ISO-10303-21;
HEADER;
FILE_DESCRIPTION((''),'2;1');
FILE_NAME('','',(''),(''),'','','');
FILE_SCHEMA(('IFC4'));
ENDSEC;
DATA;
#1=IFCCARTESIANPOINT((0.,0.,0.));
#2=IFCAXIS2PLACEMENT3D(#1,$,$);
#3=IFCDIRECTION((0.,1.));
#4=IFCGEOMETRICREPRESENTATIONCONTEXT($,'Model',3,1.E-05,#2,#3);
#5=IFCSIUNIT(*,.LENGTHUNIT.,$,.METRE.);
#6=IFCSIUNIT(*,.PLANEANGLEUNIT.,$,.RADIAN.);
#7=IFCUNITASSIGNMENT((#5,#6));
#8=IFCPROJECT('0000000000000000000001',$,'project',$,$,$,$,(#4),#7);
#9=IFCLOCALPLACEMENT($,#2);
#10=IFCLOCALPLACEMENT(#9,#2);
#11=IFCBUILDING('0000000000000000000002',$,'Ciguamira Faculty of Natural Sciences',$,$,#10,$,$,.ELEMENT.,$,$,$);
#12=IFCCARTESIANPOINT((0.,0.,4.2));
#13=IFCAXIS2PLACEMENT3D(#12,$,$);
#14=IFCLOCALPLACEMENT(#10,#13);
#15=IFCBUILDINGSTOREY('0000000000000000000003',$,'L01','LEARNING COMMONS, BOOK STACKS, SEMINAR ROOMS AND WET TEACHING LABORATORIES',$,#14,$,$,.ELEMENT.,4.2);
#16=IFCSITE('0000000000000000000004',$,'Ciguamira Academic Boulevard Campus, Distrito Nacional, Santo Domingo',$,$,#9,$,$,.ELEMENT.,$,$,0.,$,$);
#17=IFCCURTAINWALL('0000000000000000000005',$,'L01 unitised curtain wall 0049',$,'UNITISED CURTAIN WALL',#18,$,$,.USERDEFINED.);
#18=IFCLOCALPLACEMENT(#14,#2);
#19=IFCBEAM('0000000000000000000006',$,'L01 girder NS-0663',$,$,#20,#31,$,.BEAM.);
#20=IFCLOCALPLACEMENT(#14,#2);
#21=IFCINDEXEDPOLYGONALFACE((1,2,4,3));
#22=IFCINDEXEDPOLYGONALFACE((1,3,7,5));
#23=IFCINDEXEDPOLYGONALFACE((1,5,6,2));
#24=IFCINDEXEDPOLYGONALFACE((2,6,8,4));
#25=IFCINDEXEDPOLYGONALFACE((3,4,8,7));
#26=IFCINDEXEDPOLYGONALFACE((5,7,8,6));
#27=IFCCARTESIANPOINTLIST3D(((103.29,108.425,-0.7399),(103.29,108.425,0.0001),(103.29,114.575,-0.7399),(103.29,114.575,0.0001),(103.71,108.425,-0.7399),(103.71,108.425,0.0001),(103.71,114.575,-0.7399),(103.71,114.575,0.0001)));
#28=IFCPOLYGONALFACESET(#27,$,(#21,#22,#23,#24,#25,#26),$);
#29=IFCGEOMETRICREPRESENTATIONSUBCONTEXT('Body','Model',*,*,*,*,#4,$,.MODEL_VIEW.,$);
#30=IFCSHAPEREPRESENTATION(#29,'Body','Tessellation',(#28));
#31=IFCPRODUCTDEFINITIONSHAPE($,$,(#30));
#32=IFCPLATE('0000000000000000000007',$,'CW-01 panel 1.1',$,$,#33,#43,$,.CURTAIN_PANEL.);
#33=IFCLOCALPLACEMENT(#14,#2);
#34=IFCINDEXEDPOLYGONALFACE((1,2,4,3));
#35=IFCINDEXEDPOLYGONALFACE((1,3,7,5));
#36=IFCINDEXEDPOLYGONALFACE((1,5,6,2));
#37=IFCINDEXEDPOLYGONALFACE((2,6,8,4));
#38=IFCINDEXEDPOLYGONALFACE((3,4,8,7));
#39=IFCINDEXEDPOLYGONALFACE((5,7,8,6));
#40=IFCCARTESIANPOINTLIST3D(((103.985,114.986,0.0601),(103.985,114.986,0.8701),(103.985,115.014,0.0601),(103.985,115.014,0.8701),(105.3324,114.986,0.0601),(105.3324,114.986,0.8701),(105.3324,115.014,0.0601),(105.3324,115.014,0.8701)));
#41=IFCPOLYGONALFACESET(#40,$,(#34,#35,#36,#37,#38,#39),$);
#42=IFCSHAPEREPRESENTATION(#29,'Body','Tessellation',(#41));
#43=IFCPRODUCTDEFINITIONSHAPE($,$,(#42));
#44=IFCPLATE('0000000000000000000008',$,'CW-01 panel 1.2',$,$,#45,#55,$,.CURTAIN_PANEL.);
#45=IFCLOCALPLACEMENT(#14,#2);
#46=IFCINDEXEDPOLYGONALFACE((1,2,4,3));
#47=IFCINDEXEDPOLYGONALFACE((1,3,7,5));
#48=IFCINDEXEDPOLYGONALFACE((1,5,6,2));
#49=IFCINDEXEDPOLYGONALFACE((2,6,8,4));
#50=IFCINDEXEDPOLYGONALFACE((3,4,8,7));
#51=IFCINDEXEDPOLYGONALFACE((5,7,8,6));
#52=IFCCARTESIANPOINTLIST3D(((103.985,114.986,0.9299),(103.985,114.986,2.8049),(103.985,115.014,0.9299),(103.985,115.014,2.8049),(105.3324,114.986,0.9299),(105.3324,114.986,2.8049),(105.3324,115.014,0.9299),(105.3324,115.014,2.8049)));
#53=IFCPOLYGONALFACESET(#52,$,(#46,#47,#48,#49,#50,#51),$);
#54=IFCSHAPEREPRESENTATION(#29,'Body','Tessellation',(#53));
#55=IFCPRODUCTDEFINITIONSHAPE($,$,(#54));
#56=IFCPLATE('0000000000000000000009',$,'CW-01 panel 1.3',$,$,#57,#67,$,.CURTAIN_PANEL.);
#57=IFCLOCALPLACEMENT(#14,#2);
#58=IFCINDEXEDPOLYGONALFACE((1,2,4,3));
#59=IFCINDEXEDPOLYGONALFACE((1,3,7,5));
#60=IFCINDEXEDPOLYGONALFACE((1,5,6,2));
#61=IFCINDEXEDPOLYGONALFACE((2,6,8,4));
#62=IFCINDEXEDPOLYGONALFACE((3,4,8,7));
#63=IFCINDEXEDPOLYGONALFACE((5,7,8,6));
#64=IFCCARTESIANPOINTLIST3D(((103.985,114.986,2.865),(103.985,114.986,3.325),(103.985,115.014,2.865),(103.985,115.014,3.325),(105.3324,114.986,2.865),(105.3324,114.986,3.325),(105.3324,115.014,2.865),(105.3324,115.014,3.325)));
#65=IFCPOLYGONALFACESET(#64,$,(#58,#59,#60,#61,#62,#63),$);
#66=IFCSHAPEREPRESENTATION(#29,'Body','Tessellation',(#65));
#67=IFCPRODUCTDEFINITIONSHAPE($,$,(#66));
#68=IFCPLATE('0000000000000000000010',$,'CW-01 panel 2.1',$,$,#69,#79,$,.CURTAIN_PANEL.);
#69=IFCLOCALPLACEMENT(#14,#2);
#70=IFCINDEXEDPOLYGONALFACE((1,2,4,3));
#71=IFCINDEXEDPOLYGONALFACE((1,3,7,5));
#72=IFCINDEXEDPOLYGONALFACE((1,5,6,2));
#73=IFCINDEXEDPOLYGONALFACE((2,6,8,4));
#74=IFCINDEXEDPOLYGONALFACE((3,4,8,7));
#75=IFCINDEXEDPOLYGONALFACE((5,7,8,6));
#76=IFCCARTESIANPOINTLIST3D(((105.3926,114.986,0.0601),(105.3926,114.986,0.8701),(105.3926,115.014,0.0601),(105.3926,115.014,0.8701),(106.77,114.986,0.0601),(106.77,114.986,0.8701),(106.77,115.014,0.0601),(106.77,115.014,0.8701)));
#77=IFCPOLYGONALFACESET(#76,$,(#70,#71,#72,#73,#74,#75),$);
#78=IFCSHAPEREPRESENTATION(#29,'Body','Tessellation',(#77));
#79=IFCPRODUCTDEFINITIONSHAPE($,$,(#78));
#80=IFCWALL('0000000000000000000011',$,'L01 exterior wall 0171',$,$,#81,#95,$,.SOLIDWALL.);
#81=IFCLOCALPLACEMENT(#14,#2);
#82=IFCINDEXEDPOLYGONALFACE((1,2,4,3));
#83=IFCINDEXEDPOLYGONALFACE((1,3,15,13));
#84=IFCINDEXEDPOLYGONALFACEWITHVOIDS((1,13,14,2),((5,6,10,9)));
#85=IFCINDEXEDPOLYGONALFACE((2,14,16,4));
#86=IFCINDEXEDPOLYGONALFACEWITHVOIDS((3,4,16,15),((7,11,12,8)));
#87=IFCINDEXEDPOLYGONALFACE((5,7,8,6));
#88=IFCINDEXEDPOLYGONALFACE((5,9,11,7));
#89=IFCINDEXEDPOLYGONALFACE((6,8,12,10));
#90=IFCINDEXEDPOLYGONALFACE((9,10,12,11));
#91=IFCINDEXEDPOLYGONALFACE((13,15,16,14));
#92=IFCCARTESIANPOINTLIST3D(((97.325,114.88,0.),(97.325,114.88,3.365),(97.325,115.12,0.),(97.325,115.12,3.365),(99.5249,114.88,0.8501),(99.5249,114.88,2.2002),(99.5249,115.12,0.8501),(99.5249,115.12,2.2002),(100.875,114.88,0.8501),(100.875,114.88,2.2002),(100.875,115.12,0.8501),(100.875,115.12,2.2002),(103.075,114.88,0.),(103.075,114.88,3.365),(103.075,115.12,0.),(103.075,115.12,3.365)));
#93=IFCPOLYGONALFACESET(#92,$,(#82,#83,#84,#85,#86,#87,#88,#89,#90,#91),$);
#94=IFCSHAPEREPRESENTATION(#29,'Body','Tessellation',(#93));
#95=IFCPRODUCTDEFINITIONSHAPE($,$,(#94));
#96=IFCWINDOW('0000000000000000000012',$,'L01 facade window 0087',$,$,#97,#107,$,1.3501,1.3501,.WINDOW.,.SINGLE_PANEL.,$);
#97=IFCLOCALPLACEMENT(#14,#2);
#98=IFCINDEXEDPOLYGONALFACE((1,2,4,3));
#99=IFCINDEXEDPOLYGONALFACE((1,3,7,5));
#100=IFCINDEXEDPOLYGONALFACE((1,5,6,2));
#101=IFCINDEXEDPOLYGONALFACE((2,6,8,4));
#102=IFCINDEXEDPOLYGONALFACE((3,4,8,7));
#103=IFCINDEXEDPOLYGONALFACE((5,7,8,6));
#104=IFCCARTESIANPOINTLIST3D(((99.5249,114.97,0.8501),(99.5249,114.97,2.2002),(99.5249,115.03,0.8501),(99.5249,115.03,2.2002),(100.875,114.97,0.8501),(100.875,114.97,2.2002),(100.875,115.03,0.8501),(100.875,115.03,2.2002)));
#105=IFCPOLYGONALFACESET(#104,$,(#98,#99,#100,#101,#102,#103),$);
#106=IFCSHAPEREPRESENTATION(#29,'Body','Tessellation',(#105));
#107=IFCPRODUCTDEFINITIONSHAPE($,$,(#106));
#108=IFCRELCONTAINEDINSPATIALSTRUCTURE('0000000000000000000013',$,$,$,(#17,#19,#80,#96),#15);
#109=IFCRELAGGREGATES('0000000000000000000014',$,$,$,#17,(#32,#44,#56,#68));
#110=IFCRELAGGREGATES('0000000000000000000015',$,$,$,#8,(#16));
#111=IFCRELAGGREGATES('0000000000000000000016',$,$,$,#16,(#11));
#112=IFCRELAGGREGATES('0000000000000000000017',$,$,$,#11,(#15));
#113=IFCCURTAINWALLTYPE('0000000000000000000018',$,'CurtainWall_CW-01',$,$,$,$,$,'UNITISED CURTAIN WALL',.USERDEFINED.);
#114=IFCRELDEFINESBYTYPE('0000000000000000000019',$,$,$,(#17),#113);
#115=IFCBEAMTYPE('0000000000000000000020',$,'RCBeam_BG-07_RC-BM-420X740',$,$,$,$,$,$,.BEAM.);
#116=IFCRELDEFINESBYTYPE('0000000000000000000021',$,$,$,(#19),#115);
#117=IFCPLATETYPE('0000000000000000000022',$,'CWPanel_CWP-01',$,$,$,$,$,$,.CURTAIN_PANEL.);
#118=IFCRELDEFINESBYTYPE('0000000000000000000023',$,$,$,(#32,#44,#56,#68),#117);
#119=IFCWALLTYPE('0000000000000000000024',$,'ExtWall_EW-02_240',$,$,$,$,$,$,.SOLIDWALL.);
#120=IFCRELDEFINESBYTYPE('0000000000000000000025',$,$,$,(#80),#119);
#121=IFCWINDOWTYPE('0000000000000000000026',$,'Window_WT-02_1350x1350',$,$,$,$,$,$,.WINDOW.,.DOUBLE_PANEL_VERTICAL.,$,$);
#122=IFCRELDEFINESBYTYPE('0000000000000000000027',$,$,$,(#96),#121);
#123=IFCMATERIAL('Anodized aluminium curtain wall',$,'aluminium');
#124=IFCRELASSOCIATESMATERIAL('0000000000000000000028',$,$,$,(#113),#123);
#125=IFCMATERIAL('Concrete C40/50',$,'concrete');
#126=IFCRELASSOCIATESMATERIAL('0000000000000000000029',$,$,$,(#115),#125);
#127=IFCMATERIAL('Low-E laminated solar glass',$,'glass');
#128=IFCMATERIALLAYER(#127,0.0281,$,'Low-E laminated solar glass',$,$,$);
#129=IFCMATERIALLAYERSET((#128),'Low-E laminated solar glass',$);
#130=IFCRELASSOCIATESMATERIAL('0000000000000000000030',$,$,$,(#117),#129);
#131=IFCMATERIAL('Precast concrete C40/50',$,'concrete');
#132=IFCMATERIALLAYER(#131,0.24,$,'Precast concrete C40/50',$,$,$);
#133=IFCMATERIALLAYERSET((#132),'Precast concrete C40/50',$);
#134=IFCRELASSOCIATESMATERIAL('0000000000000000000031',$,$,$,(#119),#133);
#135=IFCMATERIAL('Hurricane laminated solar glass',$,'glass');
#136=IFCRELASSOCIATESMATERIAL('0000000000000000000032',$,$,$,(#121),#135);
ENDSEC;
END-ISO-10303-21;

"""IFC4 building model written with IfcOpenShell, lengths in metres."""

from ifc_helpers import new_model, si_unit, direction, frame, frame_2d, origin, origin_2d, place, context, subcontext, project, spatial, rectangle, extrude, material, layer, layer_set, material_profile, profile_set, type_object, element, fill, aggregate, save


model = new_model("IFC4")

# Units and contexts
model_context = context("Model", 3, precision=1e-05, world=origin(), true_north=direction((0.0, 1.0)))
body_context = subcontext(model_context, "Body", "Model", "MODEL_VIEW")
ifc_project = project(units=[si_unit("LENGTHUNIT", "METRE"), si_unit("PLANEANGLEUNIT", "RADIAN")], contexts=[model_context])

# Site, building, storey
site_placement = place(None, origin())
site = spatial("IfcSite", under=ifc_project, at=site_placement, Name="Ciguamira Academic Boulevard Campus, Distrito Nacional, Santo Domingo", CompositionType="ELEMENT", RefElevation=0.0)
building_placement = place(site_placement, origin())
building = spatial("IfcBuilding", under=site, at=building_placement, Name="Ciguamira Faculty of Natural Sciences", CompositionType="ELEMENT")
storey_placement = place(building_placement, frame((0.0, 0.0, 4.2)))
storey = spatial("IfcBuildingStorey", under=building, at=storey_placement, Name="L01", Description="LEARNING COMMONS, BOOK STACKS, SEMINAR ROOMS AND WET TEACHING LABORATORIES", CompositionType="ELEMENT", Elevation=4.2)

# Curtain wall
ifc_material_1 = material(Name="Anodized aluminium curtain wall", Category="aluminium")
curtain_wall_type = type_object("IfcCurtainWallType", Name="CurtainWall_CW-01", ElementType="UNITISED CURTAIN WALL", PredefinedType="USERDEFINED", material=ifc_material_1)
curtain_wall_placement = place(storey_placement, origin())
curtain_wall = element("IfcCurtainWall", 1, at=curtain_wall_placement, inside=storey, type_object=curtain_wall_type, Name="L01 unitised curtain wall 0049", ObjectType="UNITISED CURTAIN WALL", PredefinedType="USERDEFINED")

# Beam
ifc_material_2 = material(Name="Concrete C40/50", Category="concrete")
ifc_material_profile_1 = material_profile(ifc_material_2, rectangle(XDim=0.4199, YDim=0.74, at=origin_2d()), Name="RC-BM-420X740")
ifc_profile_set_1 = profile_set([ifc_material_profile_1], Name="Concrete C40/50")
beam_type_1 = type_object("IfcBeamType", Name="RCBeam_BG-07_RC-BM-420X740", PredefinedType="BEAM", material=ifc_profile_set_1)
beam_1_placement = place(storey_placement, frame((103.5, 108.425, -0.3699), z_axis=(0.0, 1.0, 0.0), x_axis=(-1.0, 0.0, 0.0)))
element("IfcBeam", 2, at=beam_1_placement, inside=storey, type_object=beam_type_1, Name="L01 girder NS-0663", PredefinedType="BEAM", context=body_context, shape_type="SweptSolid", body=[
    extrude(rectangle(XDim=0.4199, YDim=0.74, at=origin_2d()), origin(), (0.0, 0.0, 1.0), 6.1499),
])

# Plates
ifc_material_3 = material(Name="Low-E laminated solar glass", Category="glass")
ifc_layer_1 = layer(ifc_material_3, 0.0281, Name="Low-E laminated solar glass")
ifc_layer_set_1 = layer_set([ifc_layer_1], Name="Low-E laminated solar glass")
plate_type = type_object("IfcPlateType", Name="CWPanel_CWP-01", PredefinedType="CURTAIN_PANEL", material=ifc_layer_set_1)
plate_1_placement = place(storey_placement, frame((104.6587, 115.0, 0.0601), z_axis=(0.0, 0.0, 1.0), x_axis=(1.0, 0.0, 0.0)))
plate_1 = element("IfcPlate", 3, at=plate_1_placement, type_object=plate_type, Name="CW-01 panel 1.1", PredefinedType="CURTAIN_PANEL", context=body_context, shape_type="SweptSolid", body=[
    extrude(rectangle(XDim=1.3474, YDim=0.0281, at=origin_2d()), origin(), (0.0, 0.0, 1.0), 0.8101),
])
plate_2_placement = place(storey_placement, frame((104.6587, 115.0, 0.9299), z_axis=(0.0, 0.0, 1.0), x_axis=(1.0, 0.0, 0.0)))
plate_2 = element("IfcPlate", 4, at=plate_2_placement, type_object=plate_type, Name="CW-01 panel 1.2", PredefinedType="CURTAIN_PANEL", context=body_context, shape_type="SweptSolid", body=[
    extrude(rectangle(XDim=1.3474, YDim=0.0281, at=origin_2d()), origin(), (0.0, 0.0, 1.0), 1.875),
])
plate_3_placement = place(storey_placement, frame((104.6587, 115.0, 2.865), z_axis=(0.0, 0.0, 1.0), x_axis=(1.0, 0.0, 0.0)))
plate_3 = element("IfcPlate", 5, at=plate_3_placement, type_object=plate_type, Name="CW-01 panel 1.3", PredefinedType="CURTAIN_PANEL", context=body_context, shape_type="SweptSolid", body=[
    extrude(rectangle(XDim=1.3474, YDim=0.0281, at=origin_2d()), origin(), (0.0, 0.0, 1.0), 0.46),
])
plate_4_placement = place(storey_placement, frame((106.0813, 115.0, 0.0601), z_axis=(0.0, 0.0, 1.0), x_axis=(1.0, 0.0, 0.0)))
plate_4 = element("IfcPlate", 6, at=plate_4_placement, type_object=plate_type, Name="CW-01 panel 2.1", PredefinedType="CURTAIN_PANEL", context=body_context, shape_type="SweptSolid", body=[
    extrude(rectangle(XDim=1.3774, YDim=0.0281, at=origin_2d()), origin(), (0.0, 0.0, 1.0), 0.8101),
])
aggregate(curtain_wall, [plate_1, plate_2, plate_3, plate_4])

# Wall, opening, window
ifc_material_4 = material(Name="Precast concrete C40/50", Category="concrete")
ifc_layer_2 = layer(ifc_material_4, 0.24, Name="Precast concrete C40/50")
ifc_layer_set_2 = layer_set([ifc_layer_2], Name="Precast concrete C40/50")
wall_type = type_object("IfcWallType", Name="ExtWall_EW-02_240", PredefinedType="SOLIDWALL", material=ifc_layer_set_2)
wall_placement = place(storey_placement, frame((97.325, 115.0, 0.0), z_axis=(0.0, 0.0, 1.0), x_axis=(1.0, 0.0, 0.0)))
wall = element("IfcWall", 7, at=wall_placement, inside=storey, type_object=wall_type, Name="L01 exterior wall 0171", PredefinedType="SOLIDWALL", context=body_context, shape_type="SweptSolid", body=[
    extrude(rectangle(XDim=5.75, YDim=0.24, at=frame_2d((2.875, 0.0))), origin(), (0.0, 0.0, 1.0), 3.365),
])
opening_placement = place(wall_placement, frame((2.2, 0.0, 0.8501)))
opening = element("IfcOpeningElement", 8, at=opening_placement, cuts=wall, PredefinedType="OPENING", context=body_context, shape_type="SweptSolid", body=[
    extrude(rectangle(XDim=1.3501, YDim=1.3501, at=frame_2d((0.675, 0.675))), frame((0.0, 0.1299, 0.0), z_axis=(0.0, -1.0, 0.0), x_axis=(1.0, 0.0, 0.0)), (0.0, 0.0, 1.0), 0.26),
])
ifc_material_5 = material(Name="Hurricane laminated solar glass", Category="glass")
window_type = type_object("IfcWindowType", Name="Window_WT-02_1350x1350", PartitioningType="DOUBLE_PANEL_VERTICAL", PredefinedType="WINDOW", material=ifc_material_5)
window_placement = place(opening_placement, origin())
window = element("IfcWindow", 9, at=window_placement, inside=storey, type_object=window_type, Name="L01 facade window 0087", OverallHeight=1.3501, OverallWidth=1.3501, PartitioningType="SINGLE_PANEL", PredefinedType="WINDOW", context=body_context, shape_type="SweptSolid", body=[
    extrude(rectangle(XDim=1.3501, YDim=1.3501, at=frame_2d((0.675, 0.675))), frame((0.0, 0.03, 0.0), z_axis=(0.0, -1.0, 0.0), x_axis=(1.0, 0.0, 0.0)), (0.0, 0.0, 1.0), 0.0601),
])
fill(opening, window)

save(model, "model.ifc")
